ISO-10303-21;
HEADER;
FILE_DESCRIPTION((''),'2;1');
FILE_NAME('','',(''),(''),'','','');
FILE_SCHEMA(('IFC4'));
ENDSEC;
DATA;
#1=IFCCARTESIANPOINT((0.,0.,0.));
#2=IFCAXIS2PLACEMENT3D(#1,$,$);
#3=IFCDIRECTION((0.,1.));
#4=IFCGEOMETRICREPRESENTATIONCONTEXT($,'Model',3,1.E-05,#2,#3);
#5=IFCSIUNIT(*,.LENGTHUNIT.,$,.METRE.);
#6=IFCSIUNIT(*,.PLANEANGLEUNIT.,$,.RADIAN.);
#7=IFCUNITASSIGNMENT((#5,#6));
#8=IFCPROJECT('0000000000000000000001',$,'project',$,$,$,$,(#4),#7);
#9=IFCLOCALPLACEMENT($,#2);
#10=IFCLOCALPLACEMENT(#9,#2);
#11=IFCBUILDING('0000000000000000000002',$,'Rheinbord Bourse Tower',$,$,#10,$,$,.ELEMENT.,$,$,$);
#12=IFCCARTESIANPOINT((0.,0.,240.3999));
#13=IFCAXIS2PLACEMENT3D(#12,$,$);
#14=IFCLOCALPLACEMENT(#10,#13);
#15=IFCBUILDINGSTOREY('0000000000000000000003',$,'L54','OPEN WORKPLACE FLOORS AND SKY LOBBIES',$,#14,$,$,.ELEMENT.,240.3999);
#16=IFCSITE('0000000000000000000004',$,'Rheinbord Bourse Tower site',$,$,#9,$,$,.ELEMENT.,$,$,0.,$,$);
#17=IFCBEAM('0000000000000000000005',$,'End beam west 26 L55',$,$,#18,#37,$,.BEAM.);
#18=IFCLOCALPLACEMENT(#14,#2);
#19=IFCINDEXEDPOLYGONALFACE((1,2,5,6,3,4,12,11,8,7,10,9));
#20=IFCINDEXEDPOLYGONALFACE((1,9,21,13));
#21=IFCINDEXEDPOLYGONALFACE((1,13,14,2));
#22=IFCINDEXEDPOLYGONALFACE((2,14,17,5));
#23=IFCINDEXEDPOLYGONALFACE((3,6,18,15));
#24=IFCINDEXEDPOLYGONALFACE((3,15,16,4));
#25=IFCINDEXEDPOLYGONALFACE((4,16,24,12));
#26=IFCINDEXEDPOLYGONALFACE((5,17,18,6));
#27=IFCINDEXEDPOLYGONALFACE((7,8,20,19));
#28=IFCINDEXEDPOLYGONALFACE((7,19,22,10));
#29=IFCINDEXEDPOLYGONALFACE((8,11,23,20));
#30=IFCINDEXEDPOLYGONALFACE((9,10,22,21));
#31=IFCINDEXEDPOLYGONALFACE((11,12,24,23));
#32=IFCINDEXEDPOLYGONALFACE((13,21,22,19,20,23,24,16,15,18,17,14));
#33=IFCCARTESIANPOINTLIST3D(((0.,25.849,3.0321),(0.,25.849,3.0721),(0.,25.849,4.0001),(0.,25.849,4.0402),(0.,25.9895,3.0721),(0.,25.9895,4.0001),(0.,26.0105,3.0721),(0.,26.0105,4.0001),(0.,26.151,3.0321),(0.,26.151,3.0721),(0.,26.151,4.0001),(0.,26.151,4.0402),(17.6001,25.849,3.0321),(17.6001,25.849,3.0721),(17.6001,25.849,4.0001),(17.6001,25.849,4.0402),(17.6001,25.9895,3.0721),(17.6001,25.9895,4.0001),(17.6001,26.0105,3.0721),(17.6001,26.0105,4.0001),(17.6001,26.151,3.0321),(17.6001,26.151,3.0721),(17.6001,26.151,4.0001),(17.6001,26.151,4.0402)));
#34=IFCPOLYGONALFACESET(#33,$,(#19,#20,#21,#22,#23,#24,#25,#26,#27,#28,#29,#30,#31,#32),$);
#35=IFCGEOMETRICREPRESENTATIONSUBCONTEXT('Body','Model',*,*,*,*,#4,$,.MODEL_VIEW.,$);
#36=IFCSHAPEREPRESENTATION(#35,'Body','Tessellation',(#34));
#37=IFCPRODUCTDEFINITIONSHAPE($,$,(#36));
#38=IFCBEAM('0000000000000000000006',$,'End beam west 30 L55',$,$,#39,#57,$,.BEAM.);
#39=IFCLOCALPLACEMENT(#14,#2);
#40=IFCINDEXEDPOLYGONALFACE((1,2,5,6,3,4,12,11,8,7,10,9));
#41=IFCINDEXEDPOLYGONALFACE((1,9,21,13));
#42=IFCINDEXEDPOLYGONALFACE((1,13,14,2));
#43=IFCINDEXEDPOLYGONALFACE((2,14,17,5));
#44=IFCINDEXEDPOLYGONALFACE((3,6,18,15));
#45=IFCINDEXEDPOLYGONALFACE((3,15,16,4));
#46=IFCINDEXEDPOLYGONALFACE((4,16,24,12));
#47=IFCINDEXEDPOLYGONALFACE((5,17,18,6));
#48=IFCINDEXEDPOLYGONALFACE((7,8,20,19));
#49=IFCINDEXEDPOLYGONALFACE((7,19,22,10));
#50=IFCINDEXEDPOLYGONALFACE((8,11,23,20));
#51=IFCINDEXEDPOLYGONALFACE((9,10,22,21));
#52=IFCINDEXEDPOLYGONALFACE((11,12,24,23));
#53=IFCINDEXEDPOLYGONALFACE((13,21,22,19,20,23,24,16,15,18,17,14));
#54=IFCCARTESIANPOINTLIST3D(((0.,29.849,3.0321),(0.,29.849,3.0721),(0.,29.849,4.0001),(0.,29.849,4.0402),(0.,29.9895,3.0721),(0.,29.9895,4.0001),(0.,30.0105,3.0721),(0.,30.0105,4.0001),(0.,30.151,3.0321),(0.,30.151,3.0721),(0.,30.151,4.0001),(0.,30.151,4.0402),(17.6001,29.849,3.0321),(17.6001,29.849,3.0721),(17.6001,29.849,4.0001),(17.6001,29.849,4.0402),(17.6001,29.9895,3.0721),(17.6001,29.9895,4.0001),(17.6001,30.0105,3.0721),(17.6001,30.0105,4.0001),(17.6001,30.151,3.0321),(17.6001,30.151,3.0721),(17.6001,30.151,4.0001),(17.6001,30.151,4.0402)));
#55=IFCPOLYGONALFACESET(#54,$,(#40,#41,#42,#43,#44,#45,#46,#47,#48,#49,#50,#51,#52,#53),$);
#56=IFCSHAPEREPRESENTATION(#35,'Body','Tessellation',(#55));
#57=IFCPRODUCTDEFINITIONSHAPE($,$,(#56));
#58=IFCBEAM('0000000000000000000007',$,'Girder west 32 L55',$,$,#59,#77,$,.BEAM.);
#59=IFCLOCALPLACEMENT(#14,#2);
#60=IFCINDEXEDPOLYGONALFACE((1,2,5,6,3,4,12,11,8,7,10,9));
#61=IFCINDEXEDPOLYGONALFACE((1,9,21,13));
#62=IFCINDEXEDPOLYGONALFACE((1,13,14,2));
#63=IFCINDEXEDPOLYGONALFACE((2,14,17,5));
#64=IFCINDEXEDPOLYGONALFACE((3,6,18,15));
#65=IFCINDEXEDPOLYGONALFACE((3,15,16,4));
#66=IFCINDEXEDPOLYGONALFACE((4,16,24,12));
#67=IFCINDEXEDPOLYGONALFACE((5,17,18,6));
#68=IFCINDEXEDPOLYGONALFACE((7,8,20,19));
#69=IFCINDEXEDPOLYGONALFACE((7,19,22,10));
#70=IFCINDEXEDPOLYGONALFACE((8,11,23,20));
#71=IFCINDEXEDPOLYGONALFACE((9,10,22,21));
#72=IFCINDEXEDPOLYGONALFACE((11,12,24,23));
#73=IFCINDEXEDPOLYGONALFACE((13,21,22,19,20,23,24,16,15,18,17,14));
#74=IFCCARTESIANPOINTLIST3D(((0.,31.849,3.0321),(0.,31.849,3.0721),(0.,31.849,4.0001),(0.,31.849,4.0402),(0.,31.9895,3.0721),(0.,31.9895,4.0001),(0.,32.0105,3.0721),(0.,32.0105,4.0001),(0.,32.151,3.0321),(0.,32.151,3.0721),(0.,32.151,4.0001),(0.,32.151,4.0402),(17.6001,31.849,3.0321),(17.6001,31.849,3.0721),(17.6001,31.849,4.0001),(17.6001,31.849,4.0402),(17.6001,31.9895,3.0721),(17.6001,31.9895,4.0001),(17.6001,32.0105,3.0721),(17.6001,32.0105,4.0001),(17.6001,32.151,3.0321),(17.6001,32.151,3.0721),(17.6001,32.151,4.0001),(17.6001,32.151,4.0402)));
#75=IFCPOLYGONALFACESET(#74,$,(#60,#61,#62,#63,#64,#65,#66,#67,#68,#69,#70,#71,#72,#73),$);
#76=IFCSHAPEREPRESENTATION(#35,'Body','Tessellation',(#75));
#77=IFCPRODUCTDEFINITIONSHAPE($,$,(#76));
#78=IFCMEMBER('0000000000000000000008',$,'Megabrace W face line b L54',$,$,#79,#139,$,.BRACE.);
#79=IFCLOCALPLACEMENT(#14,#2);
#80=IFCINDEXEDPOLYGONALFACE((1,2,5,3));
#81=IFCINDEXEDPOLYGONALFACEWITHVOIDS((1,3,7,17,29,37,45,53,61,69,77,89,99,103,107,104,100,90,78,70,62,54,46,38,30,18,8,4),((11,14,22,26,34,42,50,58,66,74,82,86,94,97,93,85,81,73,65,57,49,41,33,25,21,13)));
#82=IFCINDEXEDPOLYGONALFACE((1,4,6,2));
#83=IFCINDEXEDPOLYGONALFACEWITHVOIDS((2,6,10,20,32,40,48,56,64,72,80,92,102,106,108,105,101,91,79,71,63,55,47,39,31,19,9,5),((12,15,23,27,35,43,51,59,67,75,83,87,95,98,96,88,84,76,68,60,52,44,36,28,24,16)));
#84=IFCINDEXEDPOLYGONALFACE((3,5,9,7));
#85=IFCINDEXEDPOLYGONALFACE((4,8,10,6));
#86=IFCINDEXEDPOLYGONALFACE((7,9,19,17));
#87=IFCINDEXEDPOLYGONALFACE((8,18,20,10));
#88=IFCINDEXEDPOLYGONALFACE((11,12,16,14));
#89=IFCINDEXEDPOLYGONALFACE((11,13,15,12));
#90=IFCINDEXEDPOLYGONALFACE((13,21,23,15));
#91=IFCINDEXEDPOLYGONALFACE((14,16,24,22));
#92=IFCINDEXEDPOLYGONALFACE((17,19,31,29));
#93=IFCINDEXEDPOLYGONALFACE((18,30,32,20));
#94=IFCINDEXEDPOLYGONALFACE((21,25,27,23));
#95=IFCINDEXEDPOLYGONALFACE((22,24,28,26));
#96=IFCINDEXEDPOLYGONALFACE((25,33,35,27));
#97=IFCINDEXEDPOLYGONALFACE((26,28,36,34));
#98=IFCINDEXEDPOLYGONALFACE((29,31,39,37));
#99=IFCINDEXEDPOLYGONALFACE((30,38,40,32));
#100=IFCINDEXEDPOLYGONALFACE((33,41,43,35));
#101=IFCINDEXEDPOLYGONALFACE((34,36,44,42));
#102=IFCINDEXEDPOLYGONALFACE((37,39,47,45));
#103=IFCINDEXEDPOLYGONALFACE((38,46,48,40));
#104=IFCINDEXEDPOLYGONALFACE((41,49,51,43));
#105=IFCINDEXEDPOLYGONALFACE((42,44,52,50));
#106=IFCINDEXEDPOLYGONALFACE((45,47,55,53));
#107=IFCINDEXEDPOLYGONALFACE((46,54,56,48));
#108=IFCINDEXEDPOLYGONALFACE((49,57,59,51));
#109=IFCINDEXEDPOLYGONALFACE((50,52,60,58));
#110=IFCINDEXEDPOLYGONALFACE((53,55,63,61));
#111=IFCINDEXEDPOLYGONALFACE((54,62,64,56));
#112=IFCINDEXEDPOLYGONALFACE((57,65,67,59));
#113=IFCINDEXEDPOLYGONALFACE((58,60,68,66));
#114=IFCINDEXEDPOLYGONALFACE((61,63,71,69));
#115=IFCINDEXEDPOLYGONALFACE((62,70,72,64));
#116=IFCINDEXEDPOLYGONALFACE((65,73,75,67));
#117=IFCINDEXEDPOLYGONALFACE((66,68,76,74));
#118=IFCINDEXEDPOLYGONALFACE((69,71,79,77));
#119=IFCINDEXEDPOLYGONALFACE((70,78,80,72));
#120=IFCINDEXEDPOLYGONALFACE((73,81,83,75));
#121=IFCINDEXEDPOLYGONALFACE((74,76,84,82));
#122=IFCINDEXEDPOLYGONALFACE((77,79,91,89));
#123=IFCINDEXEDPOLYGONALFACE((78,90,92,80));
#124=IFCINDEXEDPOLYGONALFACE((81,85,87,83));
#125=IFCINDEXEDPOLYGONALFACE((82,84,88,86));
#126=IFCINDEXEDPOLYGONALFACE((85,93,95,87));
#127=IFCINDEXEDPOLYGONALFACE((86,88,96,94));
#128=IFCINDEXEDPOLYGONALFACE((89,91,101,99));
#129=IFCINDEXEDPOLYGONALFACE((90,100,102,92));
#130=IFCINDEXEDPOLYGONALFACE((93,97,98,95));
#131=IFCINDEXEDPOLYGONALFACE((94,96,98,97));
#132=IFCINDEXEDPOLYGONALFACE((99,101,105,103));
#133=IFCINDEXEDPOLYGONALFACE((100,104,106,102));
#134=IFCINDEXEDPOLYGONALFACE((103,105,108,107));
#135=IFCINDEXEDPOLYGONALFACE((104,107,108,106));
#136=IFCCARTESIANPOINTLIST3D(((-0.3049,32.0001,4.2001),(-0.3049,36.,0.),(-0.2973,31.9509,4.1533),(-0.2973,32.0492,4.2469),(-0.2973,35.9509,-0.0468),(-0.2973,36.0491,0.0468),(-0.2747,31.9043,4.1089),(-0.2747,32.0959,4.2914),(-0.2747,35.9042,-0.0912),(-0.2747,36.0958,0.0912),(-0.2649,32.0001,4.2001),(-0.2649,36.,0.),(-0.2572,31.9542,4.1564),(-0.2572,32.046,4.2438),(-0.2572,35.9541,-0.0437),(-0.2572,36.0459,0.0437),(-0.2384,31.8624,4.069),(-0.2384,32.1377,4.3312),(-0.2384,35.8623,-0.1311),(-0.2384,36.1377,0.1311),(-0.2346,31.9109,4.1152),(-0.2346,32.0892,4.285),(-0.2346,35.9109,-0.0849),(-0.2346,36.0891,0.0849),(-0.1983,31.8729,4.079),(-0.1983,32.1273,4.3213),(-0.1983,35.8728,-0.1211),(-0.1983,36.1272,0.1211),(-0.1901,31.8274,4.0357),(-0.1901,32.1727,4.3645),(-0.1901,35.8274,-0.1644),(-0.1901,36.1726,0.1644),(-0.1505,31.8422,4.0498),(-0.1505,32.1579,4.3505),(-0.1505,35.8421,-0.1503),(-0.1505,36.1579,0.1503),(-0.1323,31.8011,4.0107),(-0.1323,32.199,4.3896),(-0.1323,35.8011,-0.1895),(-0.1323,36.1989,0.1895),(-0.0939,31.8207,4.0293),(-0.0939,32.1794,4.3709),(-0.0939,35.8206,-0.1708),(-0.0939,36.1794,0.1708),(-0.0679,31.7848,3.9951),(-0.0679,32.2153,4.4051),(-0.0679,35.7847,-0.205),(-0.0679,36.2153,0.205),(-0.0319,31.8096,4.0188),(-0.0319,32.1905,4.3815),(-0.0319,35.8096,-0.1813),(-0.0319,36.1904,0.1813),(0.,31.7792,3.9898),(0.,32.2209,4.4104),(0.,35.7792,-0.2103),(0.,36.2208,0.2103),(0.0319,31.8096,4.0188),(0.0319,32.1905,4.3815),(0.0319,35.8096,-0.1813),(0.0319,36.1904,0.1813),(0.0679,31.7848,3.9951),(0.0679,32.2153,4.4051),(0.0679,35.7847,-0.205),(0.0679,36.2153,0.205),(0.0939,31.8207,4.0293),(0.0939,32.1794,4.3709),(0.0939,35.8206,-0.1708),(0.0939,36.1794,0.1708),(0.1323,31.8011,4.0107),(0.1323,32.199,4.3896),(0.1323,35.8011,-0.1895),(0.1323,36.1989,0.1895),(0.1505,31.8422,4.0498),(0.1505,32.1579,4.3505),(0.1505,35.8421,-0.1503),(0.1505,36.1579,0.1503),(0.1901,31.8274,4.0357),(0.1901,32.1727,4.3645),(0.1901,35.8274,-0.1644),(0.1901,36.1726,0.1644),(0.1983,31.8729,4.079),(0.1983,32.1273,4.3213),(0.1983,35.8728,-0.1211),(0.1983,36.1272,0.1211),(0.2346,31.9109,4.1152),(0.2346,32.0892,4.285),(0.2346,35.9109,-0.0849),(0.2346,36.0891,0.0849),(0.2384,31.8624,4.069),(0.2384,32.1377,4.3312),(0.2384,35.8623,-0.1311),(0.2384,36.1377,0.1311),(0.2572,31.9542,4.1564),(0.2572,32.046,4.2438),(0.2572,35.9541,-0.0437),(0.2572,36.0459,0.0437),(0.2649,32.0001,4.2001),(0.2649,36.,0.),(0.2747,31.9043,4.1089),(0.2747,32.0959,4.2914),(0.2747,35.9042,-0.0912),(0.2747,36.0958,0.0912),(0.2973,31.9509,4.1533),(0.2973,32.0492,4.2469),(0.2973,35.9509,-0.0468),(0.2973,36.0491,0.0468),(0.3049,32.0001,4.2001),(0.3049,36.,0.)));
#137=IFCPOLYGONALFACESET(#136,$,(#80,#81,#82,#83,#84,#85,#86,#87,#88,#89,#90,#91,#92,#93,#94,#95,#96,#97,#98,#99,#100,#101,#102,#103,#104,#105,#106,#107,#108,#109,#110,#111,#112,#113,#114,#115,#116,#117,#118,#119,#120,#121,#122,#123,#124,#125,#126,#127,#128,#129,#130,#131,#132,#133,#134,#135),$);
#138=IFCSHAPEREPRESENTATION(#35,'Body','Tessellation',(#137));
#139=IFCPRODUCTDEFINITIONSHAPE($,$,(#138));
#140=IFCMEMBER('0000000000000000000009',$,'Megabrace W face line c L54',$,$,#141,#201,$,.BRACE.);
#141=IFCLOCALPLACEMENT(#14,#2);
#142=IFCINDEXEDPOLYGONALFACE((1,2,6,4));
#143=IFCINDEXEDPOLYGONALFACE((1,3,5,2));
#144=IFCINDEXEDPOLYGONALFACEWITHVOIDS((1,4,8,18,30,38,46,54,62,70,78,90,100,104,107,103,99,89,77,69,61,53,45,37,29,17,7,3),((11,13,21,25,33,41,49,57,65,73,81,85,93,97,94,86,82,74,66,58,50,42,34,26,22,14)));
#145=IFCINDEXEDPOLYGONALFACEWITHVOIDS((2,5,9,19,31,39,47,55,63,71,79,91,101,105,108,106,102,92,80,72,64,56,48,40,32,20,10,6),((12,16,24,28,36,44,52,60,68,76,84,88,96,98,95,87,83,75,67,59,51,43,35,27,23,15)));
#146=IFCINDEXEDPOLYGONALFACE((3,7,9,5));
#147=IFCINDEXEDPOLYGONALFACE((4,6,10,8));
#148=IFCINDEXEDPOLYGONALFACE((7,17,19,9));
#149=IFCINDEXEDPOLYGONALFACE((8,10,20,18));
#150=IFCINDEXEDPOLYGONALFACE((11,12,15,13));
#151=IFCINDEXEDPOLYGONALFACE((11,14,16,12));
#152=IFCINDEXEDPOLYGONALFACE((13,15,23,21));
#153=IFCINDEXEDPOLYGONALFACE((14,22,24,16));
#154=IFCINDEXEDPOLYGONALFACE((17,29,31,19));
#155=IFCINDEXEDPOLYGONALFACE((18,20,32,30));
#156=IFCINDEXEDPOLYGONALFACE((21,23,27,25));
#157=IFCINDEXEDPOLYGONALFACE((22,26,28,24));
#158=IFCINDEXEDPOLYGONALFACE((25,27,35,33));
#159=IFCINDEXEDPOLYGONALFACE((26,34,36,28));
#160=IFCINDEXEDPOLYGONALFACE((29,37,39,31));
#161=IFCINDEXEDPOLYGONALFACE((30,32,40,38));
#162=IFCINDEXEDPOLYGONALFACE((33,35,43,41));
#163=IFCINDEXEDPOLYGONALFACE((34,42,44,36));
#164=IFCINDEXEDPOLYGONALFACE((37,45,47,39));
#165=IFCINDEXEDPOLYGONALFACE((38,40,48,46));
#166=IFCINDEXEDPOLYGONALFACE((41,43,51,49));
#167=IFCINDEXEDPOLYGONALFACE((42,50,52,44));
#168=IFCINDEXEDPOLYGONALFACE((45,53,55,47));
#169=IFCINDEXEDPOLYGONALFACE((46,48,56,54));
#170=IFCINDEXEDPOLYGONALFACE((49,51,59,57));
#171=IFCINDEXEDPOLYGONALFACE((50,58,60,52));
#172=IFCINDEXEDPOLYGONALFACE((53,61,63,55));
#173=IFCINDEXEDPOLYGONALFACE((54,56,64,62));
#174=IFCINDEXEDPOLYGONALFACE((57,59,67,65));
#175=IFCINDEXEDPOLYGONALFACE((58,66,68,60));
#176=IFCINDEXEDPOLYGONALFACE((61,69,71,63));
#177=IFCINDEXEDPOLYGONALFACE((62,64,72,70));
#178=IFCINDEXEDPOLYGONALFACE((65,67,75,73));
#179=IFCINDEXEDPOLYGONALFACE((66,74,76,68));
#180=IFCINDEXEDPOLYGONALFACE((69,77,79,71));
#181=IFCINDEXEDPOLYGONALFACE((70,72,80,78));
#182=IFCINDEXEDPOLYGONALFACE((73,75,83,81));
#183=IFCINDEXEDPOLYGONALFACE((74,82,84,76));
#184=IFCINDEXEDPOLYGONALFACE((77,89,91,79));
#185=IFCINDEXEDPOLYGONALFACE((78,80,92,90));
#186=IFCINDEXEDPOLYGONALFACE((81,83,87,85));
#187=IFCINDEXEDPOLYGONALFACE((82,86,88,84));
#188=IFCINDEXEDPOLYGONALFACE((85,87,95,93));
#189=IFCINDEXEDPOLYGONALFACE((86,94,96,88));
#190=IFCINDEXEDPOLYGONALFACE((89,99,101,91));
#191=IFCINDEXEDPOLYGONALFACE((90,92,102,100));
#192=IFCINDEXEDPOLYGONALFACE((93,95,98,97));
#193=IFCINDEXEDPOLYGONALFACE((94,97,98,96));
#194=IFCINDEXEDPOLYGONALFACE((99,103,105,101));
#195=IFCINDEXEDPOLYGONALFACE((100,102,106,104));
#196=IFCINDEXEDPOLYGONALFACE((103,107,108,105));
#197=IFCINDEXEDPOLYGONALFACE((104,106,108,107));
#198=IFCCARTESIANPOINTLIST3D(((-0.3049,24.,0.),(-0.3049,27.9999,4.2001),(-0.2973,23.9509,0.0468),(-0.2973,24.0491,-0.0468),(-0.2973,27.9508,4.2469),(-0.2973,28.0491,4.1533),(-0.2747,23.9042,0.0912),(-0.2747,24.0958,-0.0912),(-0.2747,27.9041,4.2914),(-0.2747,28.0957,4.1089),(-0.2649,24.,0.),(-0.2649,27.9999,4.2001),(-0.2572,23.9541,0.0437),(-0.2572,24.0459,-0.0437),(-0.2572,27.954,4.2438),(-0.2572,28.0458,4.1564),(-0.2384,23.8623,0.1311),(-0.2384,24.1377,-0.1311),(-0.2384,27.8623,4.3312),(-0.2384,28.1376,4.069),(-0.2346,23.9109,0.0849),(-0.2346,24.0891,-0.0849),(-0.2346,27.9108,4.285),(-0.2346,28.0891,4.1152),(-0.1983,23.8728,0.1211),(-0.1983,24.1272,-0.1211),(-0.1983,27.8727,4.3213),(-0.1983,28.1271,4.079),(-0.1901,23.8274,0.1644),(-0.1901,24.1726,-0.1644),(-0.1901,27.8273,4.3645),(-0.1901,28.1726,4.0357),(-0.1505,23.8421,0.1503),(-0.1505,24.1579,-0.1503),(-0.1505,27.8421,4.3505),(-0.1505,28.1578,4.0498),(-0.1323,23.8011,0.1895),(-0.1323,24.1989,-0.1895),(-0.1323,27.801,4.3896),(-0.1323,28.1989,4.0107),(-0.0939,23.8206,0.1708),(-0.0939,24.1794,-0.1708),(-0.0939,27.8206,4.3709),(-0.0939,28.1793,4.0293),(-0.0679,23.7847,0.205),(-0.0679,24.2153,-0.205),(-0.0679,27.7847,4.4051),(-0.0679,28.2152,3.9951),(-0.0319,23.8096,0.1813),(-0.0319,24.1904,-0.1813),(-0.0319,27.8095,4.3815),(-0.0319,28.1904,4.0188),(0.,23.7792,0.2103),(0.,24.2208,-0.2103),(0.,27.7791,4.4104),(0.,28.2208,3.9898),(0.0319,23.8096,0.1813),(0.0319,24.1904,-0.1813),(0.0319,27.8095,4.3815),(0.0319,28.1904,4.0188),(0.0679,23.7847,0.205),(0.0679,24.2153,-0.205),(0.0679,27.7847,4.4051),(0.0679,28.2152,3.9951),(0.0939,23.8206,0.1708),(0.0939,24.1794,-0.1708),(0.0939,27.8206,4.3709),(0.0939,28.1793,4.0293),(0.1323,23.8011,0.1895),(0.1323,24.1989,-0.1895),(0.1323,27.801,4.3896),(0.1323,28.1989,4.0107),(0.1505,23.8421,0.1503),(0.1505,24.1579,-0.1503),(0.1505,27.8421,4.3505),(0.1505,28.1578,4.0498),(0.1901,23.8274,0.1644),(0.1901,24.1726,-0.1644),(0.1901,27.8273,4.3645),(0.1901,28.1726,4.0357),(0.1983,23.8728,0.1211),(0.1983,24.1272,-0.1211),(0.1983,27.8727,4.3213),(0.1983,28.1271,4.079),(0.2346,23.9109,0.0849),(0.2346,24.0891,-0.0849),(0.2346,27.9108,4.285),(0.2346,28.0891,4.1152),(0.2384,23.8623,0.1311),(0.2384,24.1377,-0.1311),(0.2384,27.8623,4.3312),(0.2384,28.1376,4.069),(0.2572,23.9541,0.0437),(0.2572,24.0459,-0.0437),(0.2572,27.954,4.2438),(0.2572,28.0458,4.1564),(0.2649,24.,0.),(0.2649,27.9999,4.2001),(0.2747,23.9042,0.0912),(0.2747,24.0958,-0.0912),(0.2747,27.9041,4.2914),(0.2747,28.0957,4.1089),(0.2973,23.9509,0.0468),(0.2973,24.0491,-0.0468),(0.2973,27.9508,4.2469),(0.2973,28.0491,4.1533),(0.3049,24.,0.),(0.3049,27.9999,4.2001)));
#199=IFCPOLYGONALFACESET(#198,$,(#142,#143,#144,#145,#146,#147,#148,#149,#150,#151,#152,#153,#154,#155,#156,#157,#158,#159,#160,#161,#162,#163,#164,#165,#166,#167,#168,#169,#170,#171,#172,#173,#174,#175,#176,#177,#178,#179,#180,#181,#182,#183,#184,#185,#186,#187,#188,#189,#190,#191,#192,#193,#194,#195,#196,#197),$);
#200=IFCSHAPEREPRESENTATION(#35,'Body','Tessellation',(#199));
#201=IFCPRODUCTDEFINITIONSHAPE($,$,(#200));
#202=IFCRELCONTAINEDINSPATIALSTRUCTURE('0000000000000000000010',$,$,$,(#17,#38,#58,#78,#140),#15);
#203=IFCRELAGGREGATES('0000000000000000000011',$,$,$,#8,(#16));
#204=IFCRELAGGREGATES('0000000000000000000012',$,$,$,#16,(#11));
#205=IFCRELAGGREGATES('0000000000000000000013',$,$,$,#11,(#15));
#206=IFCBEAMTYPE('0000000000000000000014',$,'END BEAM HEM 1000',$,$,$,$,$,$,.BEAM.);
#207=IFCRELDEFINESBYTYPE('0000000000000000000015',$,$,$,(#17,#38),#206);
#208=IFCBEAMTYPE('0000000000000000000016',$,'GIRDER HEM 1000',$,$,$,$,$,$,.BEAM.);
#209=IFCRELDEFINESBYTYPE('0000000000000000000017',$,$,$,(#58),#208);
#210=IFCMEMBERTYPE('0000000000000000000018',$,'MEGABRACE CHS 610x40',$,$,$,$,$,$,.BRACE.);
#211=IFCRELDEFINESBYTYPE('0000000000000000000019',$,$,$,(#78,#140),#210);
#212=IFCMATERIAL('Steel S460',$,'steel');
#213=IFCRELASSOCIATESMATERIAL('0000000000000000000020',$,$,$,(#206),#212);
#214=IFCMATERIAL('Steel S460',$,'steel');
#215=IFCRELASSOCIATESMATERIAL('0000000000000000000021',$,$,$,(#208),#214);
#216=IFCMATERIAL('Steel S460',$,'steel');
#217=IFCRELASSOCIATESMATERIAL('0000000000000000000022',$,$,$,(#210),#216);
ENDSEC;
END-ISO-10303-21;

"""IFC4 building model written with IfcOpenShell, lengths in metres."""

from ifc_helpers import new_model, si_unit, direction, frame, origin, origin_2d, place, context, subcontext, project, spatial, hollow_circle, i_section, extrude, material, material_profile, profile_set, type_object, element, save


model = new_model("IFC4")

# Units and contexts
model_context = context("Model", 3, precision=1e-05, world=origin(), true_north=direction((0.0, 1.0)))
body_context = subcontext(model_context, "Body", "Model", "MODEL_VIEW")
ifc_project = project(units=[si_unit("LENGTHUNIT", "METRE"), si_unit("PLANEANGLEUNIT", "RADIAN")], contexts=[model_context])

# Site, building, storey
site_placement = place(None, origin())
site = spatial("IfcSite", under=ifc_project, at=site_placement, Name="Rheinbord Bourse Tower site", CompositionType="ELEMENT", RefElevation=0.0)
building_placement = place(site_placement, origin())
building = spatial("IfcBuilding", under=site, at=building_placement, Name="Rheinbord Bourse Tower", CompositionType="ELEMENT")
storey_placement = place(building_placement, frame((0.0, 0.0, 240.3999)))
storey = spatial("IfcBuildingStorey", under=building, at=storey_placement, Name="L54", Description="OPEN WORKPLACE FLOORS AND SKY LOBBIES", CompositionType="ELEMENT", Elevation=240.3999)

# Beams
ifc_material_1 = material(Name="Steel S460", Category="steel")
ifc_material_profile_1 = material_profile(ifc_material_1, i_section(OverallWidth=0.302, OverallDepth=1.0081, WebThickness=0.021, FlangeThickness=0.04, at=origin_2d()), Name="HEM 1000")
ifc_profile_set_1 = profile_set([ifc_material_profile_1], Name="Steel S460")
beam_type_1 = type_object("IfcBeamType", Name="END BEAM HEM 1000", PredefinedType="BEAM", material=ifc_profile_set_1)
for number, where, z_axis, x_axis, name in (
    (1, (0.0, 26.0, 3.5361), (1.0, 0.0, 0.0), (0.0, 1.0, 0.0), "End beam west 26 L55"),
    (2, (0.0, 30.0, 3.5361), (1.0, 0.0, 0.0), (0.0, 1.0, 0.0), "End beam west 30 L55"),
):
    element("IfcBeam", number, at=place(storey_placement, frame(where, z_axis=z_axis, x_axis=x_axis)), inside=storey, type_object=beam_type_1, Name=name, PredefinedType="BEAM", context=body_context, shape_type="SweptSolid", body=[
        extrude(i_section(OverallWidth=0.302, OverallDepth=1.0081, WebThickness=0.021, FlangeThickness=0.04, at=origin_2d()), origin(), (0.0, 0.0, 1.0), 17.6001),
    ])
ifc_material_2 = material(Name="Steel S460", Category="steel")
ifc_material_profile_2 = material_profile(ifc_material_2, i_section(OverallWidth=0.302, OverallDepth=1.0081, WebThickness=0.021, FlangeThickness=0.04, at=origin_2d()), Name="HEM 1000")
ifc_profile_set_2 = profile_set([ifc_material_profile_2], Name="Steel S460")
beam_type_2 = type_object("IfcBeamType", Name="GIRDER HEM 1000", PredefinedType="BEAM", material=ifc_profile_set_2)
beam_1_placement = place(storey_placement, frame((0.0, 32.0, 3.5361), z_axis=(1.0, 0.0, 0.0), x_axis=(0.0, 1.0, 0.0)))
element("IfcBeam", 3, at=beam_1_placement, inside=storey, type_object=beam_type_2, Name="Girder west 32 L55", PredefinedType="BEAM", context=body_context, shape_type="SweptSolid", body=[
    extrude(i_section(OverallWidth=0.302, OverallDepth=1.0081, WebThickness=0.021, FlangeThickness=0.04, at=origin_2d()), origin(), (0.0, 0.0, 1.0), 17.6001),
])

# Members
ifc_material_3 = material(Name="Steel S460", Category="steel")
ifc_material_profile_3 = material_profile(ifc_material_3, hollow_circle(Radius=0.3049, WallThickness=0.04, at=origin_2d()), Name="CHS 610x40")
ifc_profile_set_3 = profile_set([ifc_material_profile_3], Name="Steel S460")
member_type_1 = type_object("IfcMemberType", Name="MEGABRACE CHS 610x40", PredefinedType="BRACE", material=ifc_profile_set_3)
for number, where, z_axis, x_axis, name in (
    (4, (0.0, 36.0, 0.0), (0.0, -0.689638, 0.724154), (1.0, 0.0, 0.0), "Megabrace W face line b L54"),
    (5, (0.0, 24.0, 0.0), (0.0, 0.689638, 0.724154), (-1.0, 0.0, 0.0), "Megabrace W face line c L54"),
):
    element("IfcMember", number, at=place(storey_placement, frame(where, z_axis=z_axis, x_axis=x_axis)), inside=storey, type_object=member_type_1, Name=name, PredefinedType="BRACE", context=body_context, shape_type="SweptSolid", body=[
        extrude(hollow_circle(Radius=0.3049, WallThickness=0.04, at=origin_2d()), origin(), (0.0, 0.0, 1.0), 5.8),
    ])

save(model, "model.ifc")
